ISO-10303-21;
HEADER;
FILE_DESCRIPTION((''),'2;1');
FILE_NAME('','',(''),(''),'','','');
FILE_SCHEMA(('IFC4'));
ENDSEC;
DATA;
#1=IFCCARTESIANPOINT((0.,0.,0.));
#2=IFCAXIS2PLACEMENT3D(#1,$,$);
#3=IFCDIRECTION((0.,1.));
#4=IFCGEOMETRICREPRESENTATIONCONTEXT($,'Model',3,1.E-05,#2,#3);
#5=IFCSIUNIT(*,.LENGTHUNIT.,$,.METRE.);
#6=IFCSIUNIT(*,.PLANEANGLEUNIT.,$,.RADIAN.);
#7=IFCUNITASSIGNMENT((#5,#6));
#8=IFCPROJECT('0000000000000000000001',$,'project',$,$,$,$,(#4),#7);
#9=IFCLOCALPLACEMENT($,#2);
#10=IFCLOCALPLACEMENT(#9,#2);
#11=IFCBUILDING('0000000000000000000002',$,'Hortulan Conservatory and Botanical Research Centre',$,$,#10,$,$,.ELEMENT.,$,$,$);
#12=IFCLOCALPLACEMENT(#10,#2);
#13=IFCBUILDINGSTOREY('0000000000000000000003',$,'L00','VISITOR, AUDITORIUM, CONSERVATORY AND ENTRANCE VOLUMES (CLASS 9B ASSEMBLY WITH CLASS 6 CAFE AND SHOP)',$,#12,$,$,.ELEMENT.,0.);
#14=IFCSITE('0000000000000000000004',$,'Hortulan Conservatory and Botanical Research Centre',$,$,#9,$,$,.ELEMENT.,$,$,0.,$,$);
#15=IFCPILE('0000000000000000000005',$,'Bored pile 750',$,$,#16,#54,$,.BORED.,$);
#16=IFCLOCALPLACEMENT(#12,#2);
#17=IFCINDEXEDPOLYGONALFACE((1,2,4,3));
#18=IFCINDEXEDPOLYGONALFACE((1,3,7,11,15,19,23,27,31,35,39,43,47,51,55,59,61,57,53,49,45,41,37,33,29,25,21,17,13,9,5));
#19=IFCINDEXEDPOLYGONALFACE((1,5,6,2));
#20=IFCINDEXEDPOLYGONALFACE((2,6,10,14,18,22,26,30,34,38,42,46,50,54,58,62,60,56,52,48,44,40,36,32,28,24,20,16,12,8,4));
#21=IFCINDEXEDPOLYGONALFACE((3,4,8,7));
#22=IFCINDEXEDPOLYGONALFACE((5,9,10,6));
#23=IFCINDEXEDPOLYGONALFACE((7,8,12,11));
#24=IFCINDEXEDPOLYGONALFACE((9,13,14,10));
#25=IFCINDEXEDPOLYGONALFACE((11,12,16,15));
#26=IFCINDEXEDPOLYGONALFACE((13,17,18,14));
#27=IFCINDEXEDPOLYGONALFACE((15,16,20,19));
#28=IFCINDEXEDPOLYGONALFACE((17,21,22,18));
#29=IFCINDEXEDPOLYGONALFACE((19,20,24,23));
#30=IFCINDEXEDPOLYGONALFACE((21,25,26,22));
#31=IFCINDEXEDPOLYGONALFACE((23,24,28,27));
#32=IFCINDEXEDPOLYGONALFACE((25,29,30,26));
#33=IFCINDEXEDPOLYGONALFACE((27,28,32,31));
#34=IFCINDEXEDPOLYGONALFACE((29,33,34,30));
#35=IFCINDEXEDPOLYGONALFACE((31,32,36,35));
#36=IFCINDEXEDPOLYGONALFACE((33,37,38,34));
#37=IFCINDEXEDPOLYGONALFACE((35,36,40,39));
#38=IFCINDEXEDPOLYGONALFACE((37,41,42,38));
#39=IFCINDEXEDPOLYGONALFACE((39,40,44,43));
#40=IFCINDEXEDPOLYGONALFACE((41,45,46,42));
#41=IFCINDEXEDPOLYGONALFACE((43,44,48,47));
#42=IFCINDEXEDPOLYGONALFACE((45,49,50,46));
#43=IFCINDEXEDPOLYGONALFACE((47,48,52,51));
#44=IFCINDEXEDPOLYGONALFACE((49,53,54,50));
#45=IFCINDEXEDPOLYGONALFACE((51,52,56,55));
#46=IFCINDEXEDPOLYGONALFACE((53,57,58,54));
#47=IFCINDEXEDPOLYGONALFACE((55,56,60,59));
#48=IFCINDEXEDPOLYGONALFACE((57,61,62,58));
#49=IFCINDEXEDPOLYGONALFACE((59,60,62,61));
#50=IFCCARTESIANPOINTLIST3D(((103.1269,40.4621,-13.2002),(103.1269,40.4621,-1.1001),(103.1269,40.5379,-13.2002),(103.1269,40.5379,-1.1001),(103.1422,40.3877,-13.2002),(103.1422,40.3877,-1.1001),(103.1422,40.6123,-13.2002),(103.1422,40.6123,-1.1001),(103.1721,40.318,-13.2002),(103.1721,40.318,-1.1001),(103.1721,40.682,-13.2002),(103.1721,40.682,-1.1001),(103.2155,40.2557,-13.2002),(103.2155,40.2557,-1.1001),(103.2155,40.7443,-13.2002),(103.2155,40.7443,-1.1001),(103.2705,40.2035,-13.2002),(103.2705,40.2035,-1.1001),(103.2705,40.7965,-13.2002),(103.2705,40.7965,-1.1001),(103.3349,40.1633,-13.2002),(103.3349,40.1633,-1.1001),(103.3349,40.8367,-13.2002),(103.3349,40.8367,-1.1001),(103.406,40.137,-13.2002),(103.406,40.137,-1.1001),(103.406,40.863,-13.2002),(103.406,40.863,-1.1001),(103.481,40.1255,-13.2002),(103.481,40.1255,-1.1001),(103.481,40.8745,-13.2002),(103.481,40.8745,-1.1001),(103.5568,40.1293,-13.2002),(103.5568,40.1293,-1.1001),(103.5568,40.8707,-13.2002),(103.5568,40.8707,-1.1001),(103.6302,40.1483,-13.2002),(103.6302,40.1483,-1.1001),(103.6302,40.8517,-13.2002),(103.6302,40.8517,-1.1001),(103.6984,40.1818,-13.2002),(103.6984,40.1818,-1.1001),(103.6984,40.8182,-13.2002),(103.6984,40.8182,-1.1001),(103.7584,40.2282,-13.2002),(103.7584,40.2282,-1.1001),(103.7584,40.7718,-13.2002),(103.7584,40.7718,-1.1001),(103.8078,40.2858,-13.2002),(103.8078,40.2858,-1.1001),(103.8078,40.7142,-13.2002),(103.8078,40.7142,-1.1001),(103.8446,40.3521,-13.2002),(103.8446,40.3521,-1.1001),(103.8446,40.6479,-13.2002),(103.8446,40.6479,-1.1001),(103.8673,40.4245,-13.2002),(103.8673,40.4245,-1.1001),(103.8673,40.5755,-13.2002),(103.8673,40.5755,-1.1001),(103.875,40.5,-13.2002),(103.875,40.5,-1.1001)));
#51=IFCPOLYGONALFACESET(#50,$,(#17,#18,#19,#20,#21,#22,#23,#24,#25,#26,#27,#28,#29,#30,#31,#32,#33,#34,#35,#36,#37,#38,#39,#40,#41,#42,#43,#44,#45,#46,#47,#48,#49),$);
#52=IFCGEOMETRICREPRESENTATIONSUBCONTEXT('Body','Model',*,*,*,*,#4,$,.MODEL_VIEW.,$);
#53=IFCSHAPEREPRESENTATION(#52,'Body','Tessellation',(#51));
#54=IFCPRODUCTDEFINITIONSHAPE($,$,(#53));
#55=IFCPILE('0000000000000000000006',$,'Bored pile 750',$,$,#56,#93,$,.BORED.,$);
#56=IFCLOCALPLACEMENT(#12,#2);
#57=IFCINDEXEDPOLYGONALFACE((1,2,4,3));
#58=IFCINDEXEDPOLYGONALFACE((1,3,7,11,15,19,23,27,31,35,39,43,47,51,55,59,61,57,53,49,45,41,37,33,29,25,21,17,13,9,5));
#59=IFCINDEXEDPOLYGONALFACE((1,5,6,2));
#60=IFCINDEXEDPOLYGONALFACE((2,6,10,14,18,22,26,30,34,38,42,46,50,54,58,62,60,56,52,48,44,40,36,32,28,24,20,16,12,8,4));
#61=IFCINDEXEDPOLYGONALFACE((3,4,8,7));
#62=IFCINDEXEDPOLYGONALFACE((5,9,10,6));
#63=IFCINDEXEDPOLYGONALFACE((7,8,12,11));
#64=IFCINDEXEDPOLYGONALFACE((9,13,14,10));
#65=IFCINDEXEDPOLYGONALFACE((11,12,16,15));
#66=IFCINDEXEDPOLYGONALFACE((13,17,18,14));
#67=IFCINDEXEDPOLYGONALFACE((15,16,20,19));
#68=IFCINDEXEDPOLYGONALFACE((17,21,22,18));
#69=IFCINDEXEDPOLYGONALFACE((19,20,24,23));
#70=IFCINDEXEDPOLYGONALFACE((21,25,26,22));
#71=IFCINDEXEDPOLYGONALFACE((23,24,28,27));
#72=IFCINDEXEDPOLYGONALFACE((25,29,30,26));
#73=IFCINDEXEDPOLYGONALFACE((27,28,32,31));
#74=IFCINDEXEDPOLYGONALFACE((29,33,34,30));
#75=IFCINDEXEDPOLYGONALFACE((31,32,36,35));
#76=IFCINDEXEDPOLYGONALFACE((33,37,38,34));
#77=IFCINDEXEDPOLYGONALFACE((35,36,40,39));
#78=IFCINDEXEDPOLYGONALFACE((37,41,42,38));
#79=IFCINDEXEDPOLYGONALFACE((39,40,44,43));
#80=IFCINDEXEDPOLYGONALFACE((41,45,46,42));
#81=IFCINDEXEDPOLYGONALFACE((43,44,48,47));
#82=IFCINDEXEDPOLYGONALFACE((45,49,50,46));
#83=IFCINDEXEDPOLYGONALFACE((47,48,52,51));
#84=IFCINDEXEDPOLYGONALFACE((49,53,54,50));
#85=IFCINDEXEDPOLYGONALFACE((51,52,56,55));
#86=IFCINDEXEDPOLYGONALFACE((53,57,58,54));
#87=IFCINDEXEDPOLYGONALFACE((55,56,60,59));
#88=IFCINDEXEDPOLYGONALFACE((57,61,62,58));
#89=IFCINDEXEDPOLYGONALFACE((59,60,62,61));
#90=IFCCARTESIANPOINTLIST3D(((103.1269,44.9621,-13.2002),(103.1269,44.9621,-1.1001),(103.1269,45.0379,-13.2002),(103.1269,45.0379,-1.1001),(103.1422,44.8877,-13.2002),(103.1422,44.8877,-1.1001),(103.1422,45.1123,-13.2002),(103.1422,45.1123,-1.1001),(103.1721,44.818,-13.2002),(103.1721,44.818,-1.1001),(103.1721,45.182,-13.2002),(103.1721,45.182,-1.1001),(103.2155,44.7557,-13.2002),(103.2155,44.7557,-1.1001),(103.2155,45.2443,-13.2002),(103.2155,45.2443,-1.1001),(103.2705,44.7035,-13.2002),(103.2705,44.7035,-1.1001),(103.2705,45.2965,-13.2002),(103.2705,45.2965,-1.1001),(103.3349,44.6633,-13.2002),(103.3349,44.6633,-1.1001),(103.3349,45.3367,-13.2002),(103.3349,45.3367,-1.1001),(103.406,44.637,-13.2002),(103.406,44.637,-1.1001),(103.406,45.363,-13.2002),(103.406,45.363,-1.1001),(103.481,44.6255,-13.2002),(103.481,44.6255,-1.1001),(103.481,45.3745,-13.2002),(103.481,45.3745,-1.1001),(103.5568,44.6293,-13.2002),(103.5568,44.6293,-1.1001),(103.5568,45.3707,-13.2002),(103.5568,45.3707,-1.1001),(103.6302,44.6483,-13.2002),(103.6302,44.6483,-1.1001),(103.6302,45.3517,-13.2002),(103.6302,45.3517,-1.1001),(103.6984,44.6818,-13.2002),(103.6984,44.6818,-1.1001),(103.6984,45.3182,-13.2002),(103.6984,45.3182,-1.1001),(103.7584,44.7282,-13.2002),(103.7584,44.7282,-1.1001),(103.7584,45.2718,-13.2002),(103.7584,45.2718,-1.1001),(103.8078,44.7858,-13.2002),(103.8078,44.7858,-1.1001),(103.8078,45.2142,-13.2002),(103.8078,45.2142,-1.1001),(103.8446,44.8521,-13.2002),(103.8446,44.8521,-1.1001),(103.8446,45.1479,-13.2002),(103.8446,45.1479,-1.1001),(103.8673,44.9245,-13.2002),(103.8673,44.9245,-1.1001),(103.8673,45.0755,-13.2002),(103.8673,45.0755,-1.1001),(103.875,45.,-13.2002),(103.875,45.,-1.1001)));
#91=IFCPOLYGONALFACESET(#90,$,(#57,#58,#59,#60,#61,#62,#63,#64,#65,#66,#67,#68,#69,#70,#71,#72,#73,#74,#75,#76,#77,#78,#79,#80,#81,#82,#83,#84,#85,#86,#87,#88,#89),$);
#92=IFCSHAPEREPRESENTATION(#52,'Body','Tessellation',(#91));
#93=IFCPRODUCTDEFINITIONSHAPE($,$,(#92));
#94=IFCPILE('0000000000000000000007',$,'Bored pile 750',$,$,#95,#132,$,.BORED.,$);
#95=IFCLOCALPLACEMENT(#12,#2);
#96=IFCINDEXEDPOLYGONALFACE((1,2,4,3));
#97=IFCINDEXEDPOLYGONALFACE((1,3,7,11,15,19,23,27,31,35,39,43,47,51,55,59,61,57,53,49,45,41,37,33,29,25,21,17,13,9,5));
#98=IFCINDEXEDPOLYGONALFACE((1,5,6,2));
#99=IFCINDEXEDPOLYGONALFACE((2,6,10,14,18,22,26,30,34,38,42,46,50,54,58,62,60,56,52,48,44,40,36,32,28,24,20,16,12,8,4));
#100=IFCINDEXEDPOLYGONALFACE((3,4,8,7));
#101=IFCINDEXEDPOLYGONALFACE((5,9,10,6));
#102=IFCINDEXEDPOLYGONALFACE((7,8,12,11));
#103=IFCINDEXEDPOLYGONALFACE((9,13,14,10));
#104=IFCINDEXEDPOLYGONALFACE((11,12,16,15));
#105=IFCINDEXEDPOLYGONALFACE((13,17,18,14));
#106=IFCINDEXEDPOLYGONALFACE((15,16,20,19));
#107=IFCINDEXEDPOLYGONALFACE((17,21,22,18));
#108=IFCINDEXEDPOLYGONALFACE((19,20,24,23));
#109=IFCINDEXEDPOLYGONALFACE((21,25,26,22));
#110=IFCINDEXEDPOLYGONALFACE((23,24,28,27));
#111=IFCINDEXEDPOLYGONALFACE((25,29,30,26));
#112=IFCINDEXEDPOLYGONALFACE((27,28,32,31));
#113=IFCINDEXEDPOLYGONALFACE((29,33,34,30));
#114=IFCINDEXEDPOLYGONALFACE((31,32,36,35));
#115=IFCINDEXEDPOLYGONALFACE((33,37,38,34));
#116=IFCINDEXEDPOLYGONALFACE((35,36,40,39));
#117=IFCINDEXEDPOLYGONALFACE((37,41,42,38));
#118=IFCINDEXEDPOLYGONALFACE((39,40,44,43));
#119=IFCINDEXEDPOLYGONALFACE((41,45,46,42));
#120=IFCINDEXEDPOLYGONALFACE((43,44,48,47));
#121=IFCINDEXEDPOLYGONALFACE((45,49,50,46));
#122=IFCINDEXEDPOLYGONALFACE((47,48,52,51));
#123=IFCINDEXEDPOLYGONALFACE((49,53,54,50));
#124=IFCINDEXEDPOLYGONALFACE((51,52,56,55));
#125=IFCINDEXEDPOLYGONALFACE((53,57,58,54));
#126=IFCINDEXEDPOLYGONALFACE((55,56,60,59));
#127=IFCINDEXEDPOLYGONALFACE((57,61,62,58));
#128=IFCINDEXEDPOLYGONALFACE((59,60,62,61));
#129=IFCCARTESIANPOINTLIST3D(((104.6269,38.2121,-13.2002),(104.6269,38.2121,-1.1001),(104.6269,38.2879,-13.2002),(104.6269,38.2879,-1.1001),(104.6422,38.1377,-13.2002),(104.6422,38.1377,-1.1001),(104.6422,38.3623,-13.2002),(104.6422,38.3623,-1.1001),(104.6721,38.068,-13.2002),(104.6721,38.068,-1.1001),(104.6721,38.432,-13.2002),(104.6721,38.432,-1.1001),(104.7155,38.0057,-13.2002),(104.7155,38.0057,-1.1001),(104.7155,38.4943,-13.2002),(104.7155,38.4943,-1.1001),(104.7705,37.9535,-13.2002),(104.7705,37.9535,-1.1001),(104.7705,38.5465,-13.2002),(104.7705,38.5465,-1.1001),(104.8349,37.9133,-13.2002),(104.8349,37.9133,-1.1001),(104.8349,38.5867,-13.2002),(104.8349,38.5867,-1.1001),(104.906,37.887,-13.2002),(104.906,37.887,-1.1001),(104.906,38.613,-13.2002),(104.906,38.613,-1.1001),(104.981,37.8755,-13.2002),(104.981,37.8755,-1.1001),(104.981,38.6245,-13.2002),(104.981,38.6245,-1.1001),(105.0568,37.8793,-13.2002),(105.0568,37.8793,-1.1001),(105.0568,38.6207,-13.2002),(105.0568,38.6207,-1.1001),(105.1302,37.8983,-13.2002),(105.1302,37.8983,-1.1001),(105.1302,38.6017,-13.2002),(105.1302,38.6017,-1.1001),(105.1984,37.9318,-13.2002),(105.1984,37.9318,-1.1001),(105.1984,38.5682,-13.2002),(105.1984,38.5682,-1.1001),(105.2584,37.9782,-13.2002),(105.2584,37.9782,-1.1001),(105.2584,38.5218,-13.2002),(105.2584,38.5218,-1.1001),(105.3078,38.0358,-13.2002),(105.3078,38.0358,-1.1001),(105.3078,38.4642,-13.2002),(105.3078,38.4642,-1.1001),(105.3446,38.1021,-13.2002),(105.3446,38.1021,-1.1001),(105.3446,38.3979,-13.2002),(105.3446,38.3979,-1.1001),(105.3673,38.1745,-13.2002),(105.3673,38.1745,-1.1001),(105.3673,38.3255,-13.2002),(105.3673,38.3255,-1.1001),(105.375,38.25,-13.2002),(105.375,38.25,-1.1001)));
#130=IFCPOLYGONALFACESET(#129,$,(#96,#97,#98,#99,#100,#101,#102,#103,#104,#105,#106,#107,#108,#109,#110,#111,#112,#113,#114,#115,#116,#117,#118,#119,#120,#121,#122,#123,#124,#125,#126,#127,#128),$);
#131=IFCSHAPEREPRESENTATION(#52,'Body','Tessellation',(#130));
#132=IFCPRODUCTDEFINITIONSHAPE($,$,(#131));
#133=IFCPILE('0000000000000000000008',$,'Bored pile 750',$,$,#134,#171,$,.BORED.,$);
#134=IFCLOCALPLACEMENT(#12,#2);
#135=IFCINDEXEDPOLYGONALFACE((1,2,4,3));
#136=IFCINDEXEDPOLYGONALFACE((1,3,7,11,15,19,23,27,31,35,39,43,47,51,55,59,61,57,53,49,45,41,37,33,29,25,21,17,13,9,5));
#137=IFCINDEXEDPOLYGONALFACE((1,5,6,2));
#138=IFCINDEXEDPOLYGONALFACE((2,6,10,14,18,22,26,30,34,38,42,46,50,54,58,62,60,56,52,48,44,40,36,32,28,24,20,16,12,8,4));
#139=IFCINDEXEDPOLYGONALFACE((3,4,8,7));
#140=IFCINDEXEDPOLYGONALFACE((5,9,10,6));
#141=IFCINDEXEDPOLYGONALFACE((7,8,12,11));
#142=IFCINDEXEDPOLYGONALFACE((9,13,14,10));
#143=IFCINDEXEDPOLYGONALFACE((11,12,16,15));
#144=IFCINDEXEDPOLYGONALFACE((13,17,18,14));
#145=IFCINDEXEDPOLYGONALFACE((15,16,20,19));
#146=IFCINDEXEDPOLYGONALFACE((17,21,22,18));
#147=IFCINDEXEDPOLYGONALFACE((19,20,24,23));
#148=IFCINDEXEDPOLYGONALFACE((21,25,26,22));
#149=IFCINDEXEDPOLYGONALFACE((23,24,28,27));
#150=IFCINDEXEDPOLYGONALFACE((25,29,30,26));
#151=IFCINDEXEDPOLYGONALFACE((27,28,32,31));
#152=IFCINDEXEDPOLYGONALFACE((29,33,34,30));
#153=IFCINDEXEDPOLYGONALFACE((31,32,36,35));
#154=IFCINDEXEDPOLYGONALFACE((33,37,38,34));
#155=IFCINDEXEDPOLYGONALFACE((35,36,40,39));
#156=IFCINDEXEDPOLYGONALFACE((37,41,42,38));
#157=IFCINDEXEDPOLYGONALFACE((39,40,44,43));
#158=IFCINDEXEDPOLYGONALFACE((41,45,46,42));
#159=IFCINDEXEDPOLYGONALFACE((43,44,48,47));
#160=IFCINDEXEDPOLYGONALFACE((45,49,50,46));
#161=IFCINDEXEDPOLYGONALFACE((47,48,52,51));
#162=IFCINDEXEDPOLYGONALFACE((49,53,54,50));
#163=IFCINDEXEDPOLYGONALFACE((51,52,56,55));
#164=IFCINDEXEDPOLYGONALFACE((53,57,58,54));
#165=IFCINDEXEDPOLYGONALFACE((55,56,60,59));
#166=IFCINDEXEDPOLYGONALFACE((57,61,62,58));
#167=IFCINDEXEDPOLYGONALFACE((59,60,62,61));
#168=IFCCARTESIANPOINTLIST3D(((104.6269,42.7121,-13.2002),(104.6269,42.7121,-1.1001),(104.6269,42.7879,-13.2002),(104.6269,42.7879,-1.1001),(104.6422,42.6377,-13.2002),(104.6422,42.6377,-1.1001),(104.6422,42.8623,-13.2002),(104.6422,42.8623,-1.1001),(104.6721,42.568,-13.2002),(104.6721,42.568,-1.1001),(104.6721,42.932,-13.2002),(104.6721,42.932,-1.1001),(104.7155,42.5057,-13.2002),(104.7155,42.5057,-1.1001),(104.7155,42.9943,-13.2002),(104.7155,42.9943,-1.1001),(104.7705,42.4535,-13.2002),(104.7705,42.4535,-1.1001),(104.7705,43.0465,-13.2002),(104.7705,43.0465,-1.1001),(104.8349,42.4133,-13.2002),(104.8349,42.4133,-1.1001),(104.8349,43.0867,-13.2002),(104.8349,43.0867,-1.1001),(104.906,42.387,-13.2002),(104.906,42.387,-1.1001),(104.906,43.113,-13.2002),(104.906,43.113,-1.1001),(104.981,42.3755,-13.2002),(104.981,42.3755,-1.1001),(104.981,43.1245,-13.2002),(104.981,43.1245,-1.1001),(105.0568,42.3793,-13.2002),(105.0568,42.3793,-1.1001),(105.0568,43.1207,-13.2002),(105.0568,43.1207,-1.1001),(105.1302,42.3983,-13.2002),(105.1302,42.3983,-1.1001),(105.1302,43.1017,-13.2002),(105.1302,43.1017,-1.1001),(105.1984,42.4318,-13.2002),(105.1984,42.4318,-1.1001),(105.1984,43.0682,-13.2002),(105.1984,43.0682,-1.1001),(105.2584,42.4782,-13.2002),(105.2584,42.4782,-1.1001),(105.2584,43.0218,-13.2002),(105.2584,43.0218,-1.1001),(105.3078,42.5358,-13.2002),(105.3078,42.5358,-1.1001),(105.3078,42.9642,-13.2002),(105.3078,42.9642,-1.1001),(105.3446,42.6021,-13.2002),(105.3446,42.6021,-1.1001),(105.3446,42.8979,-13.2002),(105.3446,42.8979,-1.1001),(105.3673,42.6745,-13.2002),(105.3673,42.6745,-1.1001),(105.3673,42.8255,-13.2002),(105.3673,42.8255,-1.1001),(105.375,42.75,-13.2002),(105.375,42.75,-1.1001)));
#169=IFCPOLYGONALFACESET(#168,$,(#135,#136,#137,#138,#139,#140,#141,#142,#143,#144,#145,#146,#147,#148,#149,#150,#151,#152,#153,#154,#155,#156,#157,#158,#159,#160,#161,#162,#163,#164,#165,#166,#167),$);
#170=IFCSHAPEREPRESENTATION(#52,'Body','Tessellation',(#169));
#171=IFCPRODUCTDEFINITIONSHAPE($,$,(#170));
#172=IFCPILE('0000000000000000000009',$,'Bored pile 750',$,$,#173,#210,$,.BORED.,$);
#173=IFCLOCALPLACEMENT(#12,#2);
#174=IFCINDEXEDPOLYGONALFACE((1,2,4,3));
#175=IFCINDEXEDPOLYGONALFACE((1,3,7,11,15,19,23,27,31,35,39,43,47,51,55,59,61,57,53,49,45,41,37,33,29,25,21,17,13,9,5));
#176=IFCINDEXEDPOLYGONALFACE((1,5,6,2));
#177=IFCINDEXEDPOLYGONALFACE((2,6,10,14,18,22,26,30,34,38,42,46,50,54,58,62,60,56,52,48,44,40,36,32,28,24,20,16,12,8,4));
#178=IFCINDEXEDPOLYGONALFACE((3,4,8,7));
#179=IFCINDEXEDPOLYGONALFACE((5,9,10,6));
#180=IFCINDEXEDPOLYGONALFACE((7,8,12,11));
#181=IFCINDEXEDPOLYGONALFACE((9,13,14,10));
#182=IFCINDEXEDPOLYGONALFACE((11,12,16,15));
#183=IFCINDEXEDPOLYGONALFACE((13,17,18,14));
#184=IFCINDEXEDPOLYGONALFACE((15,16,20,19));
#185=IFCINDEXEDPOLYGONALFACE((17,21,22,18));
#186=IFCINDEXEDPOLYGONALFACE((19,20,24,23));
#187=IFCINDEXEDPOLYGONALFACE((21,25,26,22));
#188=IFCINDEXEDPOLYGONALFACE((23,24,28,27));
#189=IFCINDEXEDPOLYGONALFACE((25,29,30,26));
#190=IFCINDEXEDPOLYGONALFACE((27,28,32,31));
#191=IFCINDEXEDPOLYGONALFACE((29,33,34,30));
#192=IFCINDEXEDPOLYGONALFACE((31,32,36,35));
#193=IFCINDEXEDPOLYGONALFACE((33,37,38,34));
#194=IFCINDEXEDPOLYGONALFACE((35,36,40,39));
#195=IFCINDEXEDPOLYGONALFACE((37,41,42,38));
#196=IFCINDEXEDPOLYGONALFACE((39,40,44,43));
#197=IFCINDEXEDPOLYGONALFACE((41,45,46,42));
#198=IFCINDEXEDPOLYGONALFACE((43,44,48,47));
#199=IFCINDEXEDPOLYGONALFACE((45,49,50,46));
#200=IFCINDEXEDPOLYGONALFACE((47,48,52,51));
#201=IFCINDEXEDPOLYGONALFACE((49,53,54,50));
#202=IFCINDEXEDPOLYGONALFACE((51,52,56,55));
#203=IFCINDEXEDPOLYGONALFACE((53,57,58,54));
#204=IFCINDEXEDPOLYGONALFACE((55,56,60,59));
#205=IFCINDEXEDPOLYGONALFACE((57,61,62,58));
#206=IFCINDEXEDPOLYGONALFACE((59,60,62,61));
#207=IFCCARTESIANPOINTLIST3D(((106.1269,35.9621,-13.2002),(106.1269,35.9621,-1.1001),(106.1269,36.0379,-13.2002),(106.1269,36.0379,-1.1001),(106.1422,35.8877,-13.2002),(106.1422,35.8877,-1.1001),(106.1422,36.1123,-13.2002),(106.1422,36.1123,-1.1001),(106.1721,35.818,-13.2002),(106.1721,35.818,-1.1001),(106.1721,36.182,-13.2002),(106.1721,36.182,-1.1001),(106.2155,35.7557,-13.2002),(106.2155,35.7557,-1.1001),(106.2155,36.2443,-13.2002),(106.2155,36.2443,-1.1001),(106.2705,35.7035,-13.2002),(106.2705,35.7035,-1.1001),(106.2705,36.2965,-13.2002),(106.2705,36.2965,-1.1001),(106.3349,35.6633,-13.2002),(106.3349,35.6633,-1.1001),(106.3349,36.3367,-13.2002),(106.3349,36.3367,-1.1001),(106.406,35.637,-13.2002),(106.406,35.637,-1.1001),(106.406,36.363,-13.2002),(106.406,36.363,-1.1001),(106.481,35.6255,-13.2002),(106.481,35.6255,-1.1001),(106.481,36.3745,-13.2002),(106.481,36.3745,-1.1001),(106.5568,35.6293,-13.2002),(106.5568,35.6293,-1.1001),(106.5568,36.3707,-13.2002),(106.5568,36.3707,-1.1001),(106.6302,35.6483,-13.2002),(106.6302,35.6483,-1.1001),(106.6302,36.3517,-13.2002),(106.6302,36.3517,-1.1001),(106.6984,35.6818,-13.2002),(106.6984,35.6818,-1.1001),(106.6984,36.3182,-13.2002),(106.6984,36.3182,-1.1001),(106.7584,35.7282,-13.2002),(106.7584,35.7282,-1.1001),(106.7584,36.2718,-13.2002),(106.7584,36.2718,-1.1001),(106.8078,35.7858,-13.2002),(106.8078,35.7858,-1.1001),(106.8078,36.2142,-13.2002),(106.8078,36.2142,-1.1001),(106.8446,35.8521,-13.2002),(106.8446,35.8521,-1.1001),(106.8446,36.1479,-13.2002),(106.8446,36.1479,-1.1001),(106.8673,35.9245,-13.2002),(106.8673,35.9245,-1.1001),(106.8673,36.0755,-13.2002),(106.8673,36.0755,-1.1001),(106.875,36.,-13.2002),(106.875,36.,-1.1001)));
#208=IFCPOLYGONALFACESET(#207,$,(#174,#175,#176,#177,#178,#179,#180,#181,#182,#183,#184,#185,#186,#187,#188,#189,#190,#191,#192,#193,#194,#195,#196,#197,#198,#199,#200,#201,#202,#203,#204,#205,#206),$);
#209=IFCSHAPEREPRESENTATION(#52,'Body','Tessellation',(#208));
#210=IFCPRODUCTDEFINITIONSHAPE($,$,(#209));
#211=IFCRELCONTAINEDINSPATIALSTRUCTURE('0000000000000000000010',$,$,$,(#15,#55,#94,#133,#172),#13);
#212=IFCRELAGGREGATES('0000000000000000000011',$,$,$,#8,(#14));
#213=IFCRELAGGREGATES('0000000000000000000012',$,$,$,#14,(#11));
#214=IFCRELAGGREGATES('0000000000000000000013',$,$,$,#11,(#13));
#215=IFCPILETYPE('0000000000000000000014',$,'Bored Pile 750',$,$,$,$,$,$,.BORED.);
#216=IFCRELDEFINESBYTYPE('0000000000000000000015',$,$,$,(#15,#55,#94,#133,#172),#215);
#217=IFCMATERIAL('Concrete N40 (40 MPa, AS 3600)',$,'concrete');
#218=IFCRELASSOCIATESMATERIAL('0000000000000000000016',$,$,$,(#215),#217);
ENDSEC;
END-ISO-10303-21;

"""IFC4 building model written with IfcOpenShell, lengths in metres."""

from ifc_helpers import new_model, si_unit, direction, frame, origin, origin_2d, place, context, subcontext, project, spatial, circle, extrude, material, material_profile, profile_set, type_object, element, save


model = new_model("IFC4")

# Units and contexts
model_context = context("Model", 3, precision=1e-05, world=origin(), true_north=direction((0.0, 1.0)))
body_context = subcontext(model_context, "Body", "Model", "MODEL_VIEW")
ifc_project = project(units=[si_unit("LENGTHUNIT", "METRE"), si_unit("PLANEANGLEUNIT", "RADIAN")], contexts=[model_context])

# Site, building, storey
site_placement = place(None, origin())
site = spatial("IfcSite", under=ifc_project, at=site_placement, Name="Hortulan Conservatory and Botanical Research Centre", CompositionType="ELEMENT", RefElevation=0.0)
building_placement = place(site_placement, origin())
building = spatial("IfcBuilding", under=site, at=building_placement, Name="Hortulan Conservatory and Botanical Research Centre", CompositionType="ELEMENT")
storey_placement = place(building_placement, origin())
storey = spatial("IfcBuildingStorey", under=building, at=storey_placement, Name="L00", Description="VISITOR, AUDITORIUM, CONSERVATORY AND ENTRANCE VOLUMES (CLASS 9B ASSEMBLY WITH CLASS 6 CAFE AND SHOP)", CompositionType="ELEMENT", Elevation=0.0)

# Piles
ifc_material_1 = material(Name="Concrete N40 (40 MPa, AS 3600)", Category="concrete")
ifc_material_profile = material_profile(ifc_material_1, circle(Radius=0.375, at=origin_2d()), Name="Bored pile 750 diameter")
ifc_profile_set = profile_set([ifc_material_profile], Name="Concrete N40 (40 MPa, AS 3600)")
pile_type = type_object("IfcPileType", Name="Bored Pile 750", PredefinedType="BORED", material=ifc_profile_set)
for number, where, z_axis, x_axis, name in (
    (1, (103.5, 40.5, -1.1001), (0.0, 0.0, -1.0), (1.0, 0.0, 0.0), "Bored pile 750"),
    (2, (103.5, 45.0, -1.1001), (0.0, 0.0, -1.0), (1.0, 0.0, 0.0), "Bored pile 750"),
    (3, (105.0, 38.25, -1.1001), (0.0, 0.0, -1.0), (1.0, 0.0, 0.0), "Bored pile 750"),
    (4, (105.0, 42.75, -1.1001), (0.0, 0.0, -1.0), (1.0, 0.0, 0.0), "Bored pile 750"),
    (5, (106.5, 36.0, -1.1001), (0.0, 0.0, -1.0), (1.0, 0.0, 0.0), "Bored pile 750"),
):
    element("IfcPile", number, at=place(storey_placement, frame(where, z_axis=z_axis, x_axis=x_axis)), inside=storey, type_object=pile_type, Name=name, PredefinedType="BORED", context=body_context, shape_type="SweptSolid", body=[
        extrude(circle(Radius=0.375, at=origin_2d()), origin(), (0.0, 0.0, 1.0), 12.1001),
    ])

save(model, "model.ifc")
